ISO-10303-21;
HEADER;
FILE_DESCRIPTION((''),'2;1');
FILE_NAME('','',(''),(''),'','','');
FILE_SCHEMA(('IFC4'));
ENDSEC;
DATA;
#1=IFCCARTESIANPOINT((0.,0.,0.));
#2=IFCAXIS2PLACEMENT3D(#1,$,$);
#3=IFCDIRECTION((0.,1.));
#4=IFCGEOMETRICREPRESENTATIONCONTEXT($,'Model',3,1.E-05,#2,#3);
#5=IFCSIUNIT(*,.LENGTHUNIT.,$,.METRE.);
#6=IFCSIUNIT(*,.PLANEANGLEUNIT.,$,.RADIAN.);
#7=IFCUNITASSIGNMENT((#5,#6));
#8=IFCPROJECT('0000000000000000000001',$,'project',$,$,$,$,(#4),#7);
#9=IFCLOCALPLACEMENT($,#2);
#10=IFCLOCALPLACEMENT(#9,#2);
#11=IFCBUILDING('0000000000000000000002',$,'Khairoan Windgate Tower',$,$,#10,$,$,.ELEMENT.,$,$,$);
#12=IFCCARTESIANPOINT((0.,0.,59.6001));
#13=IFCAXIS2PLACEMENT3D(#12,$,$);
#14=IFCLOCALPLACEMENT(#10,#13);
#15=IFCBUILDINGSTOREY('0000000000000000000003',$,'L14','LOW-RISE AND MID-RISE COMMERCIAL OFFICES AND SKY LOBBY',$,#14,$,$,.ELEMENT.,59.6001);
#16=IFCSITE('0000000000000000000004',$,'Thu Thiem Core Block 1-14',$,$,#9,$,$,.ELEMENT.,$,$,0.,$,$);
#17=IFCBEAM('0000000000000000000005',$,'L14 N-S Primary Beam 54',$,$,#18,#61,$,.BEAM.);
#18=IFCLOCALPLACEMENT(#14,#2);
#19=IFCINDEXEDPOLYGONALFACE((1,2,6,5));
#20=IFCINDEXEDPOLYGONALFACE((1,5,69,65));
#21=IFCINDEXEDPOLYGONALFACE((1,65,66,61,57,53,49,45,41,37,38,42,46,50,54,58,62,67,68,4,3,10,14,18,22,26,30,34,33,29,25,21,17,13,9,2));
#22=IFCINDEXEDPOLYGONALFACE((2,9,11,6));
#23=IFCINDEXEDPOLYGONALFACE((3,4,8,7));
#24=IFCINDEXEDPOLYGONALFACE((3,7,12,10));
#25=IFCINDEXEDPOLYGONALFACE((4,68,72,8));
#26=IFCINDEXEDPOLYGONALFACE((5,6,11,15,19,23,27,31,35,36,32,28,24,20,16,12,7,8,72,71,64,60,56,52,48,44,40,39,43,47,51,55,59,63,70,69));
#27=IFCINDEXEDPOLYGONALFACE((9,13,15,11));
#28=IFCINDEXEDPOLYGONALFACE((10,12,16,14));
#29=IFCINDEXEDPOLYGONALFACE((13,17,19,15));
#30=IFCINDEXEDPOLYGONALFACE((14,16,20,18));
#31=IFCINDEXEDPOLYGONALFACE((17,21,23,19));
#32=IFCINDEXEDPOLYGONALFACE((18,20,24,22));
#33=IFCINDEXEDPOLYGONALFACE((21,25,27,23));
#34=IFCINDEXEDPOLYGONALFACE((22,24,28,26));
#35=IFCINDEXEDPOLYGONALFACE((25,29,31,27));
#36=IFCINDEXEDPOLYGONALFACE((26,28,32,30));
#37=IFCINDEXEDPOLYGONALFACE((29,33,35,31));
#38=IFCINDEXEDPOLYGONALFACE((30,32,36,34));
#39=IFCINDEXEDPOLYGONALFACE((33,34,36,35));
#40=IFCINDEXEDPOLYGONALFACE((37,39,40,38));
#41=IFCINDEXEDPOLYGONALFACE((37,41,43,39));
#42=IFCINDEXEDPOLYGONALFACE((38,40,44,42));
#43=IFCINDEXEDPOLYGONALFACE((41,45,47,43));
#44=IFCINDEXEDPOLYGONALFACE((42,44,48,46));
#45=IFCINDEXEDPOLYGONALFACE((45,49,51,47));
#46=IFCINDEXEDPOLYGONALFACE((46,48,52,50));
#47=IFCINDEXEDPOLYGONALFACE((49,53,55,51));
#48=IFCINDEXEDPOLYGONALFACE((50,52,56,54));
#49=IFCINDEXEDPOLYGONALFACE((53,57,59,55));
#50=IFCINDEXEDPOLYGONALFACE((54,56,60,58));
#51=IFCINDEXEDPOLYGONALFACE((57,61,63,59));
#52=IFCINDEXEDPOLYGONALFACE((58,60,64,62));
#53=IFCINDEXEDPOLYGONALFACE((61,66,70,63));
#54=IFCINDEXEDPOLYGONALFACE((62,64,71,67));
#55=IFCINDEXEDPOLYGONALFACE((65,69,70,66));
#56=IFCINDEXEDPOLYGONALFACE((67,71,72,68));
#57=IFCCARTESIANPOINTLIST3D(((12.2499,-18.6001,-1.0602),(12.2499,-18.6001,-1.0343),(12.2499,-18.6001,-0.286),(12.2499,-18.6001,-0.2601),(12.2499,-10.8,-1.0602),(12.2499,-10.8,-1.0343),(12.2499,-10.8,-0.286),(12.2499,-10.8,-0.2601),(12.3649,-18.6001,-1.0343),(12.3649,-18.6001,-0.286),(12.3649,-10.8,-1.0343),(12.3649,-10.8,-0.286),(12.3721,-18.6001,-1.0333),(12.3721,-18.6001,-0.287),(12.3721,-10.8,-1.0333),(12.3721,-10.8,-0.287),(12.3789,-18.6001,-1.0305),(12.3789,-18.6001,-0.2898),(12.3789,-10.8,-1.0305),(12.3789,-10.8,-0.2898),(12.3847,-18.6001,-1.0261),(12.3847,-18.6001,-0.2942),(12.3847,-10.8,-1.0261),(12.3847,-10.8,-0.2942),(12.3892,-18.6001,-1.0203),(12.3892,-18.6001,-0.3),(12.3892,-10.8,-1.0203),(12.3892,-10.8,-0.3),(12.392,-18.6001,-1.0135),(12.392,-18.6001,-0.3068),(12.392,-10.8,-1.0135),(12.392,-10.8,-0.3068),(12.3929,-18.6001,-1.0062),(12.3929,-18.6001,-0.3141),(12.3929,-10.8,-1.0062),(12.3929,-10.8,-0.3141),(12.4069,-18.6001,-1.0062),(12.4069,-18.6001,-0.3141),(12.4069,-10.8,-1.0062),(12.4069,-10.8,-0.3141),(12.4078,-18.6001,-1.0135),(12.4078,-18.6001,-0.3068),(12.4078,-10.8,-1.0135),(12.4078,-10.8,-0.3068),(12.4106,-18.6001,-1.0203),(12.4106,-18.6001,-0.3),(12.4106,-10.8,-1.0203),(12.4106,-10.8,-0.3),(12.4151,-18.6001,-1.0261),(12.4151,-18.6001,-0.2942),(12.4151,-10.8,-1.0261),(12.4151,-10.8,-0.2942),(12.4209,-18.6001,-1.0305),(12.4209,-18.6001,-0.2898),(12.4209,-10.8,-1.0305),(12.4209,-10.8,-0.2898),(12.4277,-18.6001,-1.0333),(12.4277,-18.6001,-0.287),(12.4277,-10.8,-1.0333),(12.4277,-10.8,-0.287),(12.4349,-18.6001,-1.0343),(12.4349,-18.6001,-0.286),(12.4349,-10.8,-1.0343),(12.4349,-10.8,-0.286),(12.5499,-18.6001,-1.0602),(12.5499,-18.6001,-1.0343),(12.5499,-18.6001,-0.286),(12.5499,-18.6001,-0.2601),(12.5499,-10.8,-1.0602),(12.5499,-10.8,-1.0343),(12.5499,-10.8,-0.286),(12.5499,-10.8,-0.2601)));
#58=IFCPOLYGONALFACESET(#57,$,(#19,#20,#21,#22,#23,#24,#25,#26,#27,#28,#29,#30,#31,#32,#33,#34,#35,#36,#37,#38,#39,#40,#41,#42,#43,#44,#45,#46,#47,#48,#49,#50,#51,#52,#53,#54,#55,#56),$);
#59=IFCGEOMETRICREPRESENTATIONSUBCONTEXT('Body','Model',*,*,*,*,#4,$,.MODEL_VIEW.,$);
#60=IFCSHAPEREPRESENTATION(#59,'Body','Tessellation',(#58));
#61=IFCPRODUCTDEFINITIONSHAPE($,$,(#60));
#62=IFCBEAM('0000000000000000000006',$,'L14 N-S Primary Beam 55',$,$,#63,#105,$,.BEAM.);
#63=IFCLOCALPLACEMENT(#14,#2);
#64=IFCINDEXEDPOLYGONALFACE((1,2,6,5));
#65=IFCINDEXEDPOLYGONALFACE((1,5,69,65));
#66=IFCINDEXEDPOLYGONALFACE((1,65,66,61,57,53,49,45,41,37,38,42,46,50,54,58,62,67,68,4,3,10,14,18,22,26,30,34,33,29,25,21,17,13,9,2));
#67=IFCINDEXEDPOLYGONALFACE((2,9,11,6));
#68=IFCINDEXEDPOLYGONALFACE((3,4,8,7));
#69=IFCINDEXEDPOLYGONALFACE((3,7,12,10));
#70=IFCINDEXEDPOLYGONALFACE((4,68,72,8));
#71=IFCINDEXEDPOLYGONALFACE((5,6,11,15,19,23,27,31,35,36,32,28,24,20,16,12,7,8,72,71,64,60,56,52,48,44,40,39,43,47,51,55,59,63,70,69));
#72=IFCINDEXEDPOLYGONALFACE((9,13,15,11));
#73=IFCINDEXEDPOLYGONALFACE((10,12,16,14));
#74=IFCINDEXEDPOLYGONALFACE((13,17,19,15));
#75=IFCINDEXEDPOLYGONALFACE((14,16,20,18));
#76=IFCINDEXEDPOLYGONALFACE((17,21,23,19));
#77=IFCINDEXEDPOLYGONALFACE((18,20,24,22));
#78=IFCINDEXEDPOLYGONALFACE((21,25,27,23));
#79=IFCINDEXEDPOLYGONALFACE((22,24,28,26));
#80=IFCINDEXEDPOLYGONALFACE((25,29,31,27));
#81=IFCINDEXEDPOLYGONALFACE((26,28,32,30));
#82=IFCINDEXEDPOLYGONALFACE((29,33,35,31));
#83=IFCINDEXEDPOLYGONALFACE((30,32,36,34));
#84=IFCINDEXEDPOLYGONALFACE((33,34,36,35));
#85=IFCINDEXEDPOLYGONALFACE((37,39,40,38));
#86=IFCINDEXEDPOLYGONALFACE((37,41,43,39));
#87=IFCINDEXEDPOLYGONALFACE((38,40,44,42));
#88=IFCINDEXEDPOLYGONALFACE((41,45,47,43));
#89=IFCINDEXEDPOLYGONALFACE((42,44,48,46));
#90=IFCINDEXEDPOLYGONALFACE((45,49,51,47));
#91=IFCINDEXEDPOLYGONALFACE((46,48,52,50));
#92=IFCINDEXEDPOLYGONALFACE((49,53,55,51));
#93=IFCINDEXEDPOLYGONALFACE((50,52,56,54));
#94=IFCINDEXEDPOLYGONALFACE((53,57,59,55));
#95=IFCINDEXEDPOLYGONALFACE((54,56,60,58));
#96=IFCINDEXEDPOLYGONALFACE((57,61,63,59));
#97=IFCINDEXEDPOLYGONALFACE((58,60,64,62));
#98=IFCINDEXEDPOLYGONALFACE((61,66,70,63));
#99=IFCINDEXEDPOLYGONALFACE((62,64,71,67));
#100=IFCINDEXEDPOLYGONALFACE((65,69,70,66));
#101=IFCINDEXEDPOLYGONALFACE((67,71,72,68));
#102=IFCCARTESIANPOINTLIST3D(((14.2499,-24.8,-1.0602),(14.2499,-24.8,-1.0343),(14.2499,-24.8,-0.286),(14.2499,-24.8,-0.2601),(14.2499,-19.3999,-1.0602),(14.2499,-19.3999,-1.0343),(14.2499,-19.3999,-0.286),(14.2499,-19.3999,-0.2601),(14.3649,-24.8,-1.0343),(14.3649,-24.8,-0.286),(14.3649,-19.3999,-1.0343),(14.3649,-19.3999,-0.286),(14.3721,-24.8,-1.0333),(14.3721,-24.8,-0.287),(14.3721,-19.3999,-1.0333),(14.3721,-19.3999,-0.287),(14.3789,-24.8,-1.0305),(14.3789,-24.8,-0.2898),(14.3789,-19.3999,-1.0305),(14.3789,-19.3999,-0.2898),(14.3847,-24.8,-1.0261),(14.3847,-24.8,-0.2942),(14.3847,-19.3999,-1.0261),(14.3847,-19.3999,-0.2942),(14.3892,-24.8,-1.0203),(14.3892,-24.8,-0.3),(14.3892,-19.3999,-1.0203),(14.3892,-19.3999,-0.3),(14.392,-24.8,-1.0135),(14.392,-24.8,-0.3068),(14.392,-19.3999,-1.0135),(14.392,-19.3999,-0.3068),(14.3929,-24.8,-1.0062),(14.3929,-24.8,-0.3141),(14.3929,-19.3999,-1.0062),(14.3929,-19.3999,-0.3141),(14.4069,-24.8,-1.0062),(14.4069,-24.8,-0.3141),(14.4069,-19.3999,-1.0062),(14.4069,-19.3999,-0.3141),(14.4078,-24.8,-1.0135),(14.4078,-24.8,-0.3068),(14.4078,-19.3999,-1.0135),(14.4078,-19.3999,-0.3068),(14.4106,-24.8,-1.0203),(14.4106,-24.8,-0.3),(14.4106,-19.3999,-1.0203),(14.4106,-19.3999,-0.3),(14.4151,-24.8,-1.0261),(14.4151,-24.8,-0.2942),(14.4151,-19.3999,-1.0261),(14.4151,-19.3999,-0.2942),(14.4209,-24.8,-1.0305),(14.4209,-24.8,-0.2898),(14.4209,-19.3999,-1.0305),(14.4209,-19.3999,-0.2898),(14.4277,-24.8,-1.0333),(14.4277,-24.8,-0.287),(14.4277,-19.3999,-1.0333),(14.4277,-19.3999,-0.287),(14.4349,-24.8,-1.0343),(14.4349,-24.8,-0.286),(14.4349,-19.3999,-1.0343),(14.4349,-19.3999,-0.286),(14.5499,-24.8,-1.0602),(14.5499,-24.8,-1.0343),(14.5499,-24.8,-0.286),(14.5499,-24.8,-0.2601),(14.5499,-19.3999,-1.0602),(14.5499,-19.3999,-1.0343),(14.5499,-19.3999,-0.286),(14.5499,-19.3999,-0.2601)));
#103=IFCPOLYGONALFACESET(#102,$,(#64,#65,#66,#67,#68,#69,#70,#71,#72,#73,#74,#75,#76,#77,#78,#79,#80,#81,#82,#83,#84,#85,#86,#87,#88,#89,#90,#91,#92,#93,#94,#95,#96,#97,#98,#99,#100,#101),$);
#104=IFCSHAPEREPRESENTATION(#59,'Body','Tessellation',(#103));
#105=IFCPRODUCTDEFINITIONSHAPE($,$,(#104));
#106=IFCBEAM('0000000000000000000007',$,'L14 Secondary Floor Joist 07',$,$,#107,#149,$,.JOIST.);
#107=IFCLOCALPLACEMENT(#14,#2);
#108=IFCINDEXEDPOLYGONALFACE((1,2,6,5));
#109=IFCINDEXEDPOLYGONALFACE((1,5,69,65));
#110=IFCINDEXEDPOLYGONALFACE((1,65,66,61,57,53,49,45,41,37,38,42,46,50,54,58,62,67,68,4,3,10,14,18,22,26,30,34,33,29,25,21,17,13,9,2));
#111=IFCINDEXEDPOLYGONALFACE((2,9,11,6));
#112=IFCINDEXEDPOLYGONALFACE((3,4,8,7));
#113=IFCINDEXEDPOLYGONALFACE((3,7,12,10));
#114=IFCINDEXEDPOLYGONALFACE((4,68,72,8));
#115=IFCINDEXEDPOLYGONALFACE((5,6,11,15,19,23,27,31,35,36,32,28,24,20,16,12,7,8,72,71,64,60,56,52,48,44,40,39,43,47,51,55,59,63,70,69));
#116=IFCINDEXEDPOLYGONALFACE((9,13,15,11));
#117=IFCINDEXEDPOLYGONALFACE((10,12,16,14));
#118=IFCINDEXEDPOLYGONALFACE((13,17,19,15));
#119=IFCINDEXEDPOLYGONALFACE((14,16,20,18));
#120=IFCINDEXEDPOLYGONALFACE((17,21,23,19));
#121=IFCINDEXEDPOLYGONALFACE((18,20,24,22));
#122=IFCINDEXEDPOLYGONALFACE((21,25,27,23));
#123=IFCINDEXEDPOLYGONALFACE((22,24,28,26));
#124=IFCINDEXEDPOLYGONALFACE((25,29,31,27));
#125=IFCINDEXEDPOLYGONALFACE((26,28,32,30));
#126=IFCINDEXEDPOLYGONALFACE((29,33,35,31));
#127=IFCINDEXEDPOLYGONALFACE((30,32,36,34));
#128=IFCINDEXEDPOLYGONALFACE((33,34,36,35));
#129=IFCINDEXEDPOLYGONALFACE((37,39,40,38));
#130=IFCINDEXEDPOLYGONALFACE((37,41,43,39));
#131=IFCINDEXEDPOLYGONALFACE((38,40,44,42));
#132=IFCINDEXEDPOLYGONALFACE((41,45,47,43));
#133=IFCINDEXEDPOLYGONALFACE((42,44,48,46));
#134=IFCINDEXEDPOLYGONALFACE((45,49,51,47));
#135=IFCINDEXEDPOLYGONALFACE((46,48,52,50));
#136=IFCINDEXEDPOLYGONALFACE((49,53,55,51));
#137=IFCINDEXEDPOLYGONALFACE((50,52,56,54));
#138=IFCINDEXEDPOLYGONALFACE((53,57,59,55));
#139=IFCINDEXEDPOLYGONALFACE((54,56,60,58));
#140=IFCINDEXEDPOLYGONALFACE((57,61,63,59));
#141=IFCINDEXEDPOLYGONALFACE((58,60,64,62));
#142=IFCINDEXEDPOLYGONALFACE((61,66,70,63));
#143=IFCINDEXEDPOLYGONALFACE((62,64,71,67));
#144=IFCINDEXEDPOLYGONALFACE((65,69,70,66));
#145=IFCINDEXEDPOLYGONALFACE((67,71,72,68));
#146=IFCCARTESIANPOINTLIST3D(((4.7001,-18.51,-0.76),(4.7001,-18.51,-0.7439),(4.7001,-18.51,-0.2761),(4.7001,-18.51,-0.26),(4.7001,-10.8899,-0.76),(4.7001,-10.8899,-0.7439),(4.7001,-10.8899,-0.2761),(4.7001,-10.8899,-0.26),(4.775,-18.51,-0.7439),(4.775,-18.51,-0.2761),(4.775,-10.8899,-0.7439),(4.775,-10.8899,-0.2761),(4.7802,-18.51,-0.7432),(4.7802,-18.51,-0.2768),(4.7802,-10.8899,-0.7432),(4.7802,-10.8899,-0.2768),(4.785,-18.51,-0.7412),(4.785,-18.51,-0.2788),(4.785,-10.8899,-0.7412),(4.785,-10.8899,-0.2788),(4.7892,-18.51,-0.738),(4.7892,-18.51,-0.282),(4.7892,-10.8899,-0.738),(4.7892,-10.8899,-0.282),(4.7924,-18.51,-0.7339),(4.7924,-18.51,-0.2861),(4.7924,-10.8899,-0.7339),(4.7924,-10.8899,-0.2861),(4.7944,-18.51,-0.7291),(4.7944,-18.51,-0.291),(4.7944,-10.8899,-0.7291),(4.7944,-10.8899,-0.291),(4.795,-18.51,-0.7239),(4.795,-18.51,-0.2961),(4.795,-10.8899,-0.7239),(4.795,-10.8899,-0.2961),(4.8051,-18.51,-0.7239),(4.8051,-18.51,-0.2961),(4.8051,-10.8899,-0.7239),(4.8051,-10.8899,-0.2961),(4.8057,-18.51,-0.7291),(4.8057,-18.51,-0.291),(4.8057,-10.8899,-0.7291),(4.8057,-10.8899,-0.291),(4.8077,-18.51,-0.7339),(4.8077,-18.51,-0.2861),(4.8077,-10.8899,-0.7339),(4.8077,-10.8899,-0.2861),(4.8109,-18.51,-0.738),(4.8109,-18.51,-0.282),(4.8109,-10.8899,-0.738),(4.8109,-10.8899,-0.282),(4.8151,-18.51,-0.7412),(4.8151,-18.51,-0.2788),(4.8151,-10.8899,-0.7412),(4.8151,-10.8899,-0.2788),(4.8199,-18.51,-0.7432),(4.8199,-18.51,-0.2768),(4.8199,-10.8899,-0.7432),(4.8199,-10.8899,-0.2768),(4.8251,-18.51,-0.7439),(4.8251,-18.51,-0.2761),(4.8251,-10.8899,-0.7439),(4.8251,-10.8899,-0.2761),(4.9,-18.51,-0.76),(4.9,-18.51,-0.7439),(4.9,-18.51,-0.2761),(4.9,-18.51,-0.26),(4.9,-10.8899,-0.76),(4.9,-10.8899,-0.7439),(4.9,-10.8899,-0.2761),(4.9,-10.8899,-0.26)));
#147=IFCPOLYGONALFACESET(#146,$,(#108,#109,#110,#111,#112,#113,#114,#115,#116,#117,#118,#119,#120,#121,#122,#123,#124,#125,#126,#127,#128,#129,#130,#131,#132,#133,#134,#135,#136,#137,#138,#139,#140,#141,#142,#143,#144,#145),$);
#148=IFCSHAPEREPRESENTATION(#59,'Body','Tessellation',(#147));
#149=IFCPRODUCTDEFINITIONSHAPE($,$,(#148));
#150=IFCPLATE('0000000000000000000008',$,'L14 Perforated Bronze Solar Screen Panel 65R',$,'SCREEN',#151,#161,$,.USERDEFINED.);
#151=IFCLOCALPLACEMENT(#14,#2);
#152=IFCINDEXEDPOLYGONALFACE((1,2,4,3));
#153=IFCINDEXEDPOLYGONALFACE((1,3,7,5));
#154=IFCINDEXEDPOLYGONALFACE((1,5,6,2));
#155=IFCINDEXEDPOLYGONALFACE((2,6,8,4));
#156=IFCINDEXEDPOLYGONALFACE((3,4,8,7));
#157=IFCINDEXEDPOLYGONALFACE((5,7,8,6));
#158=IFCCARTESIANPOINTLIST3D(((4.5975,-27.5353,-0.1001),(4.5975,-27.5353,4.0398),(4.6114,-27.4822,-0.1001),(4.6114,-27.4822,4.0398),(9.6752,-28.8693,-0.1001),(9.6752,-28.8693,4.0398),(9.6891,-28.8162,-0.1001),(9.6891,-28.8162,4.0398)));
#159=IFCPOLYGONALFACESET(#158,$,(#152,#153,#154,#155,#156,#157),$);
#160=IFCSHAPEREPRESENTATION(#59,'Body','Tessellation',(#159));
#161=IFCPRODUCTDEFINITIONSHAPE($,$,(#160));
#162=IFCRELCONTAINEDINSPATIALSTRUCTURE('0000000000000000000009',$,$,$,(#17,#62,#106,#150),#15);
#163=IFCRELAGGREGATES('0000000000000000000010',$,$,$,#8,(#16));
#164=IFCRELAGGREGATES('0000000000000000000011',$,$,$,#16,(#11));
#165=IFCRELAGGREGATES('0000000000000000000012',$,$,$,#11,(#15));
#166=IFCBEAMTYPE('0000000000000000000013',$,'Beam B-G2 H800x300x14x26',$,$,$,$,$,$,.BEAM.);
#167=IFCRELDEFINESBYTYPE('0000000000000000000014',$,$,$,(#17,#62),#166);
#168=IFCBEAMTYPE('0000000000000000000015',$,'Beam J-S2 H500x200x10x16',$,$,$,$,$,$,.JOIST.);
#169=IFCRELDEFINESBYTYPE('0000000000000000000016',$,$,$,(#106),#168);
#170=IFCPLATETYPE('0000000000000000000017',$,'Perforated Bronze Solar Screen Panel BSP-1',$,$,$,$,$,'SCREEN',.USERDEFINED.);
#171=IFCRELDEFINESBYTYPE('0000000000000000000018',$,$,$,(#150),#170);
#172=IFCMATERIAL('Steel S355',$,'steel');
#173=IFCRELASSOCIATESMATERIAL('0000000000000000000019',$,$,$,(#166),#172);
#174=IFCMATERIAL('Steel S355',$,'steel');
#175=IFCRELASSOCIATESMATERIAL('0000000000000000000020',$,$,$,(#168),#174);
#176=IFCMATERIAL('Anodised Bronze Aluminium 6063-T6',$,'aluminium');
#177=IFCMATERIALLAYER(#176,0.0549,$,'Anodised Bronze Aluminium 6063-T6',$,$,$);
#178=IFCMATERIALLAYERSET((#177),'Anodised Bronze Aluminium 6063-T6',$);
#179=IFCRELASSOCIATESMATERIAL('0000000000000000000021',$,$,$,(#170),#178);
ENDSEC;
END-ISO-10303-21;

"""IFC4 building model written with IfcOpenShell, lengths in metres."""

from ifc_helpers import new_model, si_unit, direction, frame, origin, origin_2d, place, context, subcontext, project, spatial, rectangle, i_section, extrude, material, layer, layer_set, material_profile, profile_set, type_object, element, save


model = new_model("IFC4")

# Units and contexts
model_context = context("Model", 3, precision=1e-05, world=origin(), true_north=direction((0.0, 1.0)))
body_context = subcontext(model_context, "Body", "Model", "MODEL_VIEW")
ifc_project = project(units=[si_unit("LENGTHUNIT", "METRE"), si_unit("PLANEANGLEUNIT", "RADIAN")], contexts=[model_context])

# Site, building, storey
site_placement = place(None, origin())
site = spatial("IfcSite", under=ifc_project, at=site_placement, Name="Thu Thiem Core Block 1-14", CompositionType="ELEMENT", RefElevation=0.0)
building_placement = place(site_placement, origin())
building = spatial("IfcBuilding", under=site, at=building_placement, Name="Khairoan Windgate Tower", CompositionType="ELEMENT")
storey_placement = place(building_placement, frame((0.0, 0.0, 59.6001)))
storey = spatial("IfcBuildingStorey", under=building, at=storey_placement, Name="L14", Description="LOW-RISE AND MID-RISE COMMERCIAL OFFICES AND SKY LOBBY", CompositionType="ELEMENT", Elevation=59.6001)

# Beams
ifc_material_1 = material(Name="Steel S355", Category="steel")
ifc_material_profile_1 = material_profile(ifc_material_1, i_section(OverallWidth=0.3, OverallDepth=0.8, WebThickness=0.0139, FlangeThickness=0.0259, FilletRadius=0.0281, at=origin_2d()))
ifc_profile_set_1 = profile_set([ifc_material_profile_1], Name="Steel S355")
beam_type_1 = type_object("IfcBeamType", Name="Beam B-G2 H800x300x14x26", PredefinedType="BEAM", material=ifc_profile_set_1)
for number, where, z_axis, x_axis, name in (
    (1, (12.3999, -18.6001, -0.6602), (0.0, 1.0, 0.0), (-1.0, 0.0, 0.0), "L14 N-S Primary Beam 54"),
):
    element("IfcBeam", number, at=place(storey_placement, frame(where, z_axis=z_axis, x_axis=x_axis)), inside=storey, type_object=beam_type_1, Name=name, PredefinedType="BEAM", context=body_context, shape_type="SweptSolid", body=[
        extrude(i_section(OverallWidth=0.3, OverallDepth=0.8, WebThickness=0.0139, FlangeThickness=0.0259, FilletRadius=0.0281, at=origin_2d()), origin(), (0.0, 0.0, 1.0), 7.8),
    ])
beam_1_placement = place(storey_placement, frame((14.3999, -24.8, -0.6602), z_axis=(0.0, 1.0, 0.0), x_axis=(-1.0, 0.0, 0.0)))
element("IfcBeam", 2, at=beam_1_placement, inside=storey, type_object=beam_type_1, Name="L14 N-S Primary Beam 55", PredefinedType="BEAM", context=body_context, shape_type="SweptSolid", body=[
    extrude(i_section(OverallWidth=0.3, OverallDepth=0.8, WebThickness=0.0139, FlangeThickness=0.0259, FilletRadius=0.0281, at=origin_2d()), origin(), (0.0, 0.0, 1.0), 5.4001),
])
ifc_material_2 = material(Name="Steel S355", Category="steel")
ifc_material_profile_2 = material_profile(ifc_material_2, i_section(OverallWidth=0.2, OverallDepth=0.5, WebThickness=0.01, FlangeThickness=0.0161, FilletRadius=0.02, at=origin_2d()))
ifc_profile_set_2 = profile_set([ifc_material_profile_2], Name="Steel S355")
beam_type_2 = type_object("IfcBeamType", Name="Beam J-S2 H500x200x10x16", PredefinedType="JOIST", material=ifc_profile_set_2)
beam_2_placement = place(storey_placement, frame((4.8, -18.51, -0.51), z_axis=(0.0, 1.0, 0.0), x_axis=(-1.0, 0.0, 0.0)))
element("IfcBeam", 3, at=beam_2_placement, inside=storey, type_object=beam_type_2, Name="L14 Secondary Floor Joist 07", PredefinedType="JOIST", context=body_context, shape_type="SweptSolid", body=[
    extrude(i_section(OverallWidth=0.2, OverallDepth=0.5, WebThickness=0.01, FlangeThickness=0.0161, FilletRadius=0.02, at=origin_2d()), origin(), (0.0, 0.0, 1.0), 7.6201),
])

# Plate
ifc_material_3 = material(Name="Anodised Bronze Aluminium 6063-T6", Category="aluminium")
ifc_layer_1 = layer(ifc_material_3, 0.0549, Name="Anodised Bronze Aluminium 6063-T6")
ifc_layer_set_1 = layer_set([ifc_layer_1], Name="Anodised Bronze Aluminium 6063-T6")
plate_type = type_object("IfcPlateType", Name="Perforated Bronze Solar Screen Panel BSP-1", ElementType="SCREEN", PredefinedType="USERDEFINED", material=ifc_layer_set_1)
plate_placement = place(storey_placement, frame((7.1433, -28.1758, -0.1001), z_axis=(0.0, 0.0, 1.0), x_axis=(-0.967179, 0.254096, 0.0)))
element("IfcPlate", 4, at=plate_placement, inside=storey, type_object=plate_type, Name="L14 Perforated Bronze Solar Screen Panel 65R", ObjectType="SCREEN", PredefinedType="USERDEFINED", context=body_context, shape_type="SweptSolid", body=[
    extrude(rectangle(XDim=5.25, YDim=0.0549, at=origin_2d()), origin(), (0.0, 0.0, 1.0), 4.1399),
])

save(model, "model.ifc")
